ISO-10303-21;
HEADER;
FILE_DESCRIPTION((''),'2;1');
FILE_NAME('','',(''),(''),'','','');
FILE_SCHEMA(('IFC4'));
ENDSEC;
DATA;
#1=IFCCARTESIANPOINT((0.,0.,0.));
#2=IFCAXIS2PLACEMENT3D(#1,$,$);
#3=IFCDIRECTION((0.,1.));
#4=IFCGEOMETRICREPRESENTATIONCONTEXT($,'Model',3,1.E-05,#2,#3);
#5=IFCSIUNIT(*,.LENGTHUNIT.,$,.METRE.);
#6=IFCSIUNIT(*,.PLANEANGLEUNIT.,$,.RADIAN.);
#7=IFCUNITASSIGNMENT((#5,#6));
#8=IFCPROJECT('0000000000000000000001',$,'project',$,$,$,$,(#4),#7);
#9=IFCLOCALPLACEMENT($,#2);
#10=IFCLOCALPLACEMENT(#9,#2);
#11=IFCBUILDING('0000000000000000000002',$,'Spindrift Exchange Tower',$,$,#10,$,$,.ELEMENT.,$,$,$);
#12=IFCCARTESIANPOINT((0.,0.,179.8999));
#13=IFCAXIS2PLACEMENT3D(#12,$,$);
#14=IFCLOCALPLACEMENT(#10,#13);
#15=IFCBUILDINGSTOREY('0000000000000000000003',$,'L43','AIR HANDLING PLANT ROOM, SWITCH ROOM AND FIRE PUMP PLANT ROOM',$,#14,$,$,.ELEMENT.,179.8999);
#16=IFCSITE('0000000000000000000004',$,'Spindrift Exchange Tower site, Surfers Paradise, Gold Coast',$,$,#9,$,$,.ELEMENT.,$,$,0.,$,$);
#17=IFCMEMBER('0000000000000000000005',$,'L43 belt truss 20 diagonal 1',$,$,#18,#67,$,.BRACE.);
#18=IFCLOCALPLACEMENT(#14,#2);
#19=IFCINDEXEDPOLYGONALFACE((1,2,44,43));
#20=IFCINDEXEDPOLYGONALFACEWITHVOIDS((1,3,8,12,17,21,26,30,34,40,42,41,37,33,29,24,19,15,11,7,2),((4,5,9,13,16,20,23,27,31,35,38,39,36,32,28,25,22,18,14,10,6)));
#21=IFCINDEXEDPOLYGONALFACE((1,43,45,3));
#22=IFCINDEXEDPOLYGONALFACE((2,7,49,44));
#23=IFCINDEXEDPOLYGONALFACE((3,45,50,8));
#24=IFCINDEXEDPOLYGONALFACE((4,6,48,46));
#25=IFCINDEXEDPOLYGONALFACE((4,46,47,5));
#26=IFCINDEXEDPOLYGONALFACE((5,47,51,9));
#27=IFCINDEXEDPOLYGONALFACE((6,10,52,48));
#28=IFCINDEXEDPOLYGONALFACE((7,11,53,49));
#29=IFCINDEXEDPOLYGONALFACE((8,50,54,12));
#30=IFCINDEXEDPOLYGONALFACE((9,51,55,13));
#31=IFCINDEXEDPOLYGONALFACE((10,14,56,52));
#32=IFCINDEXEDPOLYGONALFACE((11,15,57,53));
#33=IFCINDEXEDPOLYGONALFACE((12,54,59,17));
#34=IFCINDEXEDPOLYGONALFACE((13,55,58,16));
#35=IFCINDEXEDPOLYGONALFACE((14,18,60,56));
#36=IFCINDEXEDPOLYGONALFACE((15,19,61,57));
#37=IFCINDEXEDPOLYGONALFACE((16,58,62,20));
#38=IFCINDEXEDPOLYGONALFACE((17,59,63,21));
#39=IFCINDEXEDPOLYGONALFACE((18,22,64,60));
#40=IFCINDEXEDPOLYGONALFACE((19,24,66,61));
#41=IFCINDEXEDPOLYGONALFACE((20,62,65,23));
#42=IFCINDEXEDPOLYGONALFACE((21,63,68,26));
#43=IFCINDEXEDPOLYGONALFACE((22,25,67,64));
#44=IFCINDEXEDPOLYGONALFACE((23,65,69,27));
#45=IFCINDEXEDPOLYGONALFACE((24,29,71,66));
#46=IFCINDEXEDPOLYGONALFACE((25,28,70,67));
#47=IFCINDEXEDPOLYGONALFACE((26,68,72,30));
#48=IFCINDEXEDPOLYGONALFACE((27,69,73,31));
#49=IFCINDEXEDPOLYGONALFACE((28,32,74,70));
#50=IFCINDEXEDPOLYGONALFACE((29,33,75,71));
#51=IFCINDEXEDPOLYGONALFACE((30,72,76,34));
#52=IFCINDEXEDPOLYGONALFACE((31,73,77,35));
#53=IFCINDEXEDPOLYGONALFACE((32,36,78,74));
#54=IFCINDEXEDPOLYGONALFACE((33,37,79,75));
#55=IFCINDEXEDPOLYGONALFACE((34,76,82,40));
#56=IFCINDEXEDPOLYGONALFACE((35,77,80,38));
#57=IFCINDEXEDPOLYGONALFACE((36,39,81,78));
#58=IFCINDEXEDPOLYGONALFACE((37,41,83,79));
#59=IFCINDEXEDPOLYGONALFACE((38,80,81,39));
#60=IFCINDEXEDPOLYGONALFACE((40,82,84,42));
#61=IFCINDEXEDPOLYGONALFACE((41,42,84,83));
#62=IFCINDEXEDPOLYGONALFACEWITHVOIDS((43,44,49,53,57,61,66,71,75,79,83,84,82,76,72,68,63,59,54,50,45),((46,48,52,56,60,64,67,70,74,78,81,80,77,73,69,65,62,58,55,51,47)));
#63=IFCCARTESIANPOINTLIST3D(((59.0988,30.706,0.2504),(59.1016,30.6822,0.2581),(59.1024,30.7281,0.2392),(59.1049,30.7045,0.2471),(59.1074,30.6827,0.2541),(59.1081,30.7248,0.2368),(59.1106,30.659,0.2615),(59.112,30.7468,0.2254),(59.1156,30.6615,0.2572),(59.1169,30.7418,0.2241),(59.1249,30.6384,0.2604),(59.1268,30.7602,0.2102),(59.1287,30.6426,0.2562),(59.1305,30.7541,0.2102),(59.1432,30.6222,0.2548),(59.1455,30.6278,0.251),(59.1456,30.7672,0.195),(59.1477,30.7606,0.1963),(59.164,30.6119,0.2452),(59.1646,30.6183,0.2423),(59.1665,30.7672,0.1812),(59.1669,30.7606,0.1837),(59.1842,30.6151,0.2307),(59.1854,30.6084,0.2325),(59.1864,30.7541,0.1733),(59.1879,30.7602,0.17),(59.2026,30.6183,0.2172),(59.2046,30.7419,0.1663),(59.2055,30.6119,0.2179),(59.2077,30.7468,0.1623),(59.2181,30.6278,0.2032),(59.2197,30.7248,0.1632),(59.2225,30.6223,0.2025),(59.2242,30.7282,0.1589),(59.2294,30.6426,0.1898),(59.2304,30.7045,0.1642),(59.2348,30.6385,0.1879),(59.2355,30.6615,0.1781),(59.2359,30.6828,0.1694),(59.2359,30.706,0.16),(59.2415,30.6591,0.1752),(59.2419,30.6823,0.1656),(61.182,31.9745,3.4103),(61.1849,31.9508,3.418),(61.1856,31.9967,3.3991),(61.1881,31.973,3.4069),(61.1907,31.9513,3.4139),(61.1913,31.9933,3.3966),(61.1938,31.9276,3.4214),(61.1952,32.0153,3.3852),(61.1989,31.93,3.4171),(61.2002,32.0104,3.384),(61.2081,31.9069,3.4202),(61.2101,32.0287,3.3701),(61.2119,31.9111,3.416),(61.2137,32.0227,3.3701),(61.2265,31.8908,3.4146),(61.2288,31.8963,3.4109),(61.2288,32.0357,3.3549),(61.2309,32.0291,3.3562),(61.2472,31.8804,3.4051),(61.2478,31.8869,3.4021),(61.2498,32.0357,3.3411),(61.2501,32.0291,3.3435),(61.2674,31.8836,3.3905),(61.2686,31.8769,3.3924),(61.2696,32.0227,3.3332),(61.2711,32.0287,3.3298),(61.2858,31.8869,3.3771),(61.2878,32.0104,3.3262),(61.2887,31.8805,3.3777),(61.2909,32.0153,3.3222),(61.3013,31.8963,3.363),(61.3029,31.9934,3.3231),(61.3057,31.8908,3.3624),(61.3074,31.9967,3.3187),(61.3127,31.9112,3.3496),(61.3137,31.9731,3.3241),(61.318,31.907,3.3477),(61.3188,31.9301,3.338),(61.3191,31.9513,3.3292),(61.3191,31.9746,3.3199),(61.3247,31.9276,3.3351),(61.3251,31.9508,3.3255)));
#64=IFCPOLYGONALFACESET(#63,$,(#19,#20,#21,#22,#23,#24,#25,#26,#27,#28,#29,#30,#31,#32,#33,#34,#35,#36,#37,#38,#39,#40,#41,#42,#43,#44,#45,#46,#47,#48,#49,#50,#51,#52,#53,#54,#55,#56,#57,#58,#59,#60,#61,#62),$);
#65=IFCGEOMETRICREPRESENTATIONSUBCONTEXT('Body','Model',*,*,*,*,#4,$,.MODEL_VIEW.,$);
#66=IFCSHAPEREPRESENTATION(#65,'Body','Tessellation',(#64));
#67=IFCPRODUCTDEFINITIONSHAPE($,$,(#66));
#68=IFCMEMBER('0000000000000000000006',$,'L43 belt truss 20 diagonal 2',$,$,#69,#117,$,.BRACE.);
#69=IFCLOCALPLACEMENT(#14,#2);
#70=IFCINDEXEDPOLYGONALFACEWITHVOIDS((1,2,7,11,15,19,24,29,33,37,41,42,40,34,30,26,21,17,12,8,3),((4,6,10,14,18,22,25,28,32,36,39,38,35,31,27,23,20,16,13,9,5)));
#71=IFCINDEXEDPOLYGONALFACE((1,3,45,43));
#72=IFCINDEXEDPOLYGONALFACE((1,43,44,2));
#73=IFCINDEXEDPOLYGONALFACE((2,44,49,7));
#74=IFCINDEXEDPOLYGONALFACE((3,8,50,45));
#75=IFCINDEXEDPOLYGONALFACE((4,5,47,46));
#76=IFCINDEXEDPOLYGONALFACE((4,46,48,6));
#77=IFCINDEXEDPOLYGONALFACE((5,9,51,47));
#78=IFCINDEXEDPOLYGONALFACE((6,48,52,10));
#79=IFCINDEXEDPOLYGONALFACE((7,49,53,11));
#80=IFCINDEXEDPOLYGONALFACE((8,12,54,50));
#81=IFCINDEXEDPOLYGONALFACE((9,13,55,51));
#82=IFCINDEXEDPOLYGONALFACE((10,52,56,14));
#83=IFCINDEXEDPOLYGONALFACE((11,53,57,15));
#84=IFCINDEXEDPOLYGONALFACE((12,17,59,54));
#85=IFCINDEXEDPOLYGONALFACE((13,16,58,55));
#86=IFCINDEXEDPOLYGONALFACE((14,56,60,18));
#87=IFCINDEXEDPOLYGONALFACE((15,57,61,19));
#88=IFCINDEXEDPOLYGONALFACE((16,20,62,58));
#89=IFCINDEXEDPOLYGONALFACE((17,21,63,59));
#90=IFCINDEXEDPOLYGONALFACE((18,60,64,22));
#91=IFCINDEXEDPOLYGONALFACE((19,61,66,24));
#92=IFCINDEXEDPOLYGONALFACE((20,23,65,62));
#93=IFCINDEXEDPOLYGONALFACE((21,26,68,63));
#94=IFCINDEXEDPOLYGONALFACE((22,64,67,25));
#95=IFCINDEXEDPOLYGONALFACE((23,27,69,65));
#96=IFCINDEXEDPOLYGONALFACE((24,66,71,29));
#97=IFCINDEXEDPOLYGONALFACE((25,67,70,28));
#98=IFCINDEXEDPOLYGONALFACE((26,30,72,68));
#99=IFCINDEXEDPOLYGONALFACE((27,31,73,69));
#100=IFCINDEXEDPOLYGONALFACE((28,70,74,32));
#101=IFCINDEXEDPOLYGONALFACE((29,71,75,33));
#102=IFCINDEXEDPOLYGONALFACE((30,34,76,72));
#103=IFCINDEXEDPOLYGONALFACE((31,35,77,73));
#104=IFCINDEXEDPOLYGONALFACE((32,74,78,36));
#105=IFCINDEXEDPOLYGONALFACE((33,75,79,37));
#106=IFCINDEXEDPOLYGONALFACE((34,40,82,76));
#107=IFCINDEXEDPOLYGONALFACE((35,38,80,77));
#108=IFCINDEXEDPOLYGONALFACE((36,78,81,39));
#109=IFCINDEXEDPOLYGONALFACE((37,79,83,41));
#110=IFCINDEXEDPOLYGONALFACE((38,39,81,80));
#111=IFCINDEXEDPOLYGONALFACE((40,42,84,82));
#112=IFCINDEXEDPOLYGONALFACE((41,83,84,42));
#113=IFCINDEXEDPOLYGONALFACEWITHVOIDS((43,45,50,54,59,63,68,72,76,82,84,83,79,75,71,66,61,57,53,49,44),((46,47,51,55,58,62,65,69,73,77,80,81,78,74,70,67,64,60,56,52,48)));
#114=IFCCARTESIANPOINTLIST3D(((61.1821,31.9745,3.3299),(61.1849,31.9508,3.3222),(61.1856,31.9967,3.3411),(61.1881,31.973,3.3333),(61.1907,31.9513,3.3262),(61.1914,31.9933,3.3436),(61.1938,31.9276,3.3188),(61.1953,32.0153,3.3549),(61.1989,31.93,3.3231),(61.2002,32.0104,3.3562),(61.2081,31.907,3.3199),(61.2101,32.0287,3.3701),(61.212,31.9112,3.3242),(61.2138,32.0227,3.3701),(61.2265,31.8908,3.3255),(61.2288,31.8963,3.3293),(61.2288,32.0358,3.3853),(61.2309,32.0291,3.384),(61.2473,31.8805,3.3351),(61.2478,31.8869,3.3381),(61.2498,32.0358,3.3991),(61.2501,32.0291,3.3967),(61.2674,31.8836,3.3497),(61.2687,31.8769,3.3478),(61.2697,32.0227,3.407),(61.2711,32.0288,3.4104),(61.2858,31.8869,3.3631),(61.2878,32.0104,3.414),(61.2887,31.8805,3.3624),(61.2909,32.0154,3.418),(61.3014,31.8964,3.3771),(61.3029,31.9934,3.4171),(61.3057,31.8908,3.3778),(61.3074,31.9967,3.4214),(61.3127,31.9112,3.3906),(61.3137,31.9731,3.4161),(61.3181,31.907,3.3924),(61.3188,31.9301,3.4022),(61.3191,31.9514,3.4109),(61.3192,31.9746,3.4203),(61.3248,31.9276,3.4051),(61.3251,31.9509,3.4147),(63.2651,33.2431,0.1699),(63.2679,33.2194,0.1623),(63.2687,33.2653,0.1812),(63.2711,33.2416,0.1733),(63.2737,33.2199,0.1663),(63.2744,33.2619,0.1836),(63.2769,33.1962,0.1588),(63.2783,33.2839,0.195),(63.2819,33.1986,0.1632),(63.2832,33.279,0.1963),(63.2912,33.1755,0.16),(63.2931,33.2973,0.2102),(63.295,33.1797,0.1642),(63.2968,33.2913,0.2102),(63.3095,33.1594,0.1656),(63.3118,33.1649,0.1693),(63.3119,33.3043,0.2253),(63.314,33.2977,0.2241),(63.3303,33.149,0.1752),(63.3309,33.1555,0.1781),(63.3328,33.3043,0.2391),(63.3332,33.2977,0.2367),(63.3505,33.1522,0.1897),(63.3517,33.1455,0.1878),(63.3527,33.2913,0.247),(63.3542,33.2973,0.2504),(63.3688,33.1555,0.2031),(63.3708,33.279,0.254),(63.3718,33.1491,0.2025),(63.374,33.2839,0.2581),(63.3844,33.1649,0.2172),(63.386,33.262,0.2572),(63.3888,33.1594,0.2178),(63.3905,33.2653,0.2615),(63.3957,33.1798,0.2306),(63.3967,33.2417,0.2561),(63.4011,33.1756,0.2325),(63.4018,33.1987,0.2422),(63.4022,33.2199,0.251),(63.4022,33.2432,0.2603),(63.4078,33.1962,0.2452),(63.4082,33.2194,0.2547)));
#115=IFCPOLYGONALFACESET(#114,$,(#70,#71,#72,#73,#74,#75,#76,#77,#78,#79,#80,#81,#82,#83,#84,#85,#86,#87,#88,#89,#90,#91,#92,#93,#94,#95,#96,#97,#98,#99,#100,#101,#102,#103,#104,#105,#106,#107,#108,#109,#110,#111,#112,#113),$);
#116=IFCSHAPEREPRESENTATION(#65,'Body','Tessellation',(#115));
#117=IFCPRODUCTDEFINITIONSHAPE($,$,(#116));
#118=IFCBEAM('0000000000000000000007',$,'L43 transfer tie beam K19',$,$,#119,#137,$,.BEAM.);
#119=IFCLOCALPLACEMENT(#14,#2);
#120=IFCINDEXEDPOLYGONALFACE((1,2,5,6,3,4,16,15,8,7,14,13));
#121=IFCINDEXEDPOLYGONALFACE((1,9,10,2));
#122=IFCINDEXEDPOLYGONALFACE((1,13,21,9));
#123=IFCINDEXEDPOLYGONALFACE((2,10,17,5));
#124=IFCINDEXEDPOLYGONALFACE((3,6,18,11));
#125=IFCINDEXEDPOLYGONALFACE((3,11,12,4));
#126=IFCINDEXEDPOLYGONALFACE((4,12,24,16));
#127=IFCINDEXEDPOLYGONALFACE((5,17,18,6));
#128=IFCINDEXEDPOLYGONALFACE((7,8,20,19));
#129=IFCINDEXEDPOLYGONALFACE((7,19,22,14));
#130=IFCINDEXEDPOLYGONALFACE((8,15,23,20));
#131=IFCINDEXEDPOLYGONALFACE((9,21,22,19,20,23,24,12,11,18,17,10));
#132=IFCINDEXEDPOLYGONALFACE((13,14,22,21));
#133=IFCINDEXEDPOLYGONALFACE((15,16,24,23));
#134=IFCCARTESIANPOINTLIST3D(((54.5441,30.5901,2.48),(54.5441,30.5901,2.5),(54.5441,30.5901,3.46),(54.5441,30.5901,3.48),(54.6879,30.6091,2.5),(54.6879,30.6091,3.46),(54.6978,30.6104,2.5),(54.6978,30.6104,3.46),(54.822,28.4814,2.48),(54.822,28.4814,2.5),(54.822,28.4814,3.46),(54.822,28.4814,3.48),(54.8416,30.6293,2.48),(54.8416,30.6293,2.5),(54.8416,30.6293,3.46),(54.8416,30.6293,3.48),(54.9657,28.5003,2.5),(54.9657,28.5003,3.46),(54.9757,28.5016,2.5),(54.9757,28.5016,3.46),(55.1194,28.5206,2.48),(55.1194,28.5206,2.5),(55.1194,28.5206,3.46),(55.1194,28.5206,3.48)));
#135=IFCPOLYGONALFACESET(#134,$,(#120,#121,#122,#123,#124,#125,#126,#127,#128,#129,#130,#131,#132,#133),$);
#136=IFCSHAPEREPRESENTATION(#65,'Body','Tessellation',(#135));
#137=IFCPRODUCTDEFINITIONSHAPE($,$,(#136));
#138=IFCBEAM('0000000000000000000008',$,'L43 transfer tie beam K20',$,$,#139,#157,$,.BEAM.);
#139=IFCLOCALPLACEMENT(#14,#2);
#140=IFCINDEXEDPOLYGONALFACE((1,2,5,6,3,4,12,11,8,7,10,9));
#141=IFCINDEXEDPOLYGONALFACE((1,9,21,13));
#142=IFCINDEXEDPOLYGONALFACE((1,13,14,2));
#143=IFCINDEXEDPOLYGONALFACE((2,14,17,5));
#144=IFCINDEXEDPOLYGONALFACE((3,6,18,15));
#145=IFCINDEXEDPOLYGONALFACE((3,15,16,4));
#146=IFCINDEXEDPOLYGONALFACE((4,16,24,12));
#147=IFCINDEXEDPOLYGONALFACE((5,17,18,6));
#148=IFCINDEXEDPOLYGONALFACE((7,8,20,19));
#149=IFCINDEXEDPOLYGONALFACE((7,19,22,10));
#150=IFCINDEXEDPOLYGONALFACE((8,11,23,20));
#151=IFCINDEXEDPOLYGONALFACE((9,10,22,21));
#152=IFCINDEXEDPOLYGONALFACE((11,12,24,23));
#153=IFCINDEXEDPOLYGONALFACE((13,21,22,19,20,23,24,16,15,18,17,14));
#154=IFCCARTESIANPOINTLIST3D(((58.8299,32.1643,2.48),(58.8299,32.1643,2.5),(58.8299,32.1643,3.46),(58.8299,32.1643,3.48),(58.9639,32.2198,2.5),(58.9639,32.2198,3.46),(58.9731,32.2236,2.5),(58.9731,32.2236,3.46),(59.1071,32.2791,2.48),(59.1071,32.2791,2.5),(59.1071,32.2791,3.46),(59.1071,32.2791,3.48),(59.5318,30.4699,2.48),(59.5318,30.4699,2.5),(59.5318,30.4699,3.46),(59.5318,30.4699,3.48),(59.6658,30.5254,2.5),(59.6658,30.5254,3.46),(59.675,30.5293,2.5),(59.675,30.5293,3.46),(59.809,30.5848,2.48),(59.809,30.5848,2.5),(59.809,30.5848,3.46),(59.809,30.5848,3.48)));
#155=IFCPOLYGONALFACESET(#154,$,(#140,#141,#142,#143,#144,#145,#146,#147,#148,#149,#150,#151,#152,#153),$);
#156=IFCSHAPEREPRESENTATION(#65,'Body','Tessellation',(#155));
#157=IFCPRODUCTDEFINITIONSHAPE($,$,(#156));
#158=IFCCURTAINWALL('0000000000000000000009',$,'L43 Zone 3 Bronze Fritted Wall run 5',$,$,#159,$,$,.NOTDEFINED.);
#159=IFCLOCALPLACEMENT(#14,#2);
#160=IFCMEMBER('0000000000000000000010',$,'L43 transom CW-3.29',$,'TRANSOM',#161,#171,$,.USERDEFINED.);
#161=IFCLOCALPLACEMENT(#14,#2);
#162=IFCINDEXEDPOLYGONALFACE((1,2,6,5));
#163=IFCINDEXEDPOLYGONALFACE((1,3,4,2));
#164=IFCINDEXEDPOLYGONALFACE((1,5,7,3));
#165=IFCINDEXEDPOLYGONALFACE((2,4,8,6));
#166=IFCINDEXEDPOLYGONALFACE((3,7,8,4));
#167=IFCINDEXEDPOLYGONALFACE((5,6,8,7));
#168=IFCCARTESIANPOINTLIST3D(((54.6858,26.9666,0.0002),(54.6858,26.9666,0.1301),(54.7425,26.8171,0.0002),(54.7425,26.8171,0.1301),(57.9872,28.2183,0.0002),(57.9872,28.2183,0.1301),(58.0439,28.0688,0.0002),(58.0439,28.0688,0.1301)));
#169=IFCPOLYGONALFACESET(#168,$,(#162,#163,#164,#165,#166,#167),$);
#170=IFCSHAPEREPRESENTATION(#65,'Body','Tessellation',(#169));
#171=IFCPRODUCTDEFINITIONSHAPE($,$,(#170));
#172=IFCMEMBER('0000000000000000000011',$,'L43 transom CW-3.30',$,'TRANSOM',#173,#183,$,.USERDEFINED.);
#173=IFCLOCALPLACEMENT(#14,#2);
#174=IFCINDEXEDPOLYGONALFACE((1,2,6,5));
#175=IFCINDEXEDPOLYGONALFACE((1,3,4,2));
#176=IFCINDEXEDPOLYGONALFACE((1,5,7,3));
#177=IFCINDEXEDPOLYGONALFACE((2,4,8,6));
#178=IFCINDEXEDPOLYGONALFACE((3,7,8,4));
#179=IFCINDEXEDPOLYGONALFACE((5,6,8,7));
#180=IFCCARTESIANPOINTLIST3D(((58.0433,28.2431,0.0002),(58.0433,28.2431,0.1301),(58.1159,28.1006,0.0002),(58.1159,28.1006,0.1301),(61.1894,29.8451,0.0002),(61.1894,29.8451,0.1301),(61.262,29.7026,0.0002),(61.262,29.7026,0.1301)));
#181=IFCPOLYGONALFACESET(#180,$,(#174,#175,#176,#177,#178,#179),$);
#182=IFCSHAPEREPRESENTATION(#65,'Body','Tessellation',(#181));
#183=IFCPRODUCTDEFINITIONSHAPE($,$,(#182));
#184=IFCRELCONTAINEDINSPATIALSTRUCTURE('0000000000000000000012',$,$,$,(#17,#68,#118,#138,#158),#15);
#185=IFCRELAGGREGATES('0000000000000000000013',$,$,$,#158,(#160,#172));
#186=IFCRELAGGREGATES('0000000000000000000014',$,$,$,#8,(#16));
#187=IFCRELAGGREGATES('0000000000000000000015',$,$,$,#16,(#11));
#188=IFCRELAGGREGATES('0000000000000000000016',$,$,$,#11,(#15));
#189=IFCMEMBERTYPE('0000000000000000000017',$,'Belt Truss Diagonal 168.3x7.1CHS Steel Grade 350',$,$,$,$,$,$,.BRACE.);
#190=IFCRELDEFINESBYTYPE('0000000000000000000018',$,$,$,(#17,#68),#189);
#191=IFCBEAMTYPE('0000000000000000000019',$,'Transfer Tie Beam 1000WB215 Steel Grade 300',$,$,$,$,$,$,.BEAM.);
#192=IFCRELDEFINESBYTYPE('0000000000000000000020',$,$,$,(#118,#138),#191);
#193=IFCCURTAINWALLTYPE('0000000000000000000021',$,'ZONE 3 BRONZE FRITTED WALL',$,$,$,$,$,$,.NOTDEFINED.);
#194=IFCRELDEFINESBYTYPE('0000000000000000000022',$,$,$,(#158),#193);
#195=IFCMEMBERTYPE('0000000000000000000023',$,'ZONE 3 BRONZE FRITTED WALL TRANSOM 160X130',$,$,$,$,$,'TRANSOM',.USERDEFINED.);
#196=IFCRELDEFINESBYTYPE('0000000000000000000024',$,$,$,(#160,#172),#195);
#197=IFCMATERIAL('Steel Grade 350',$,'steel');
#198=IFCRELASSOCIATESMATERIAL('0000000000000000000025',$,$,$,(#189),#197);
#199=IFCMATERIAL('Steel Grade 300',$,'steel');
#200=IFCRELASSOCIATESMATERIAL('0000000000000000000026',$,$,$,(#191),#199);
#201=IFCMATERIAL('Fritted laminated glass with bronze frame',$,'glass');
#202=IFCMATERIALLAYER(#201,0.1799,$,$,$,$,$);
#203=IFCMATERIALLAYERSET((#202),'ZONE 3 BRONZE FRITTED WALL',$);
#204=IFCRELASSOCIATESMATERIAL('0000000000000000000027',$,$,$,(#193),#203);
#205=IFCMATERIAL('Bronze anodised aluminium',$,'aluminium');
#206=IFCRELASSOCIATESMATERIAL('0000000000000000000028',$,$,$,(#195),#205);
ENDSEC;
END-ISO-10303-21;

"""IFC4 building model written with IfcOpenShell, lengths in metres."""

from ifc_helpers import new_model, si_unit, direction, frame, origin, origin_2d, place, context, subcontext, project, spatial, rectangle, hollow_circle, i_section, extrude, source, transform, mapped, material, layer, layer_set, material_profile, profile_set, type_object, element, aggregate, save


model = new_model("IFC4")

# Units and contexts
model_context = context("Model", 3, precision=1e-05, world=origin(), true_north=direction((0.0, 1.0)))
body_context = subcontext(model_context, "Body", "Model", "MODEL_VIEW")
ifc_project = project(units=[si_unit("LENGTHUNIT", "METRE"), si_unit("PLANEANGLEUNIT", "RADIAN")], contexts=[model_context])

# Site, building, storey
site_placement = place(None, origin())
site = spatial("IfcSite", under=ifc_project, at=site_placement, Name="Spindrift Exchange Tower site, Surfers Paradise, Gold Coast", CompositionType="ELEMENT", RefElevation=0.0)
building_placement = place(site_placement, origin())
building = spatial("IfcBuilding", under=site, at=building_placement, Name="Spindrift Exchange Tower", CompositionType="ELEMENT")
storey_placement = place(building_placement, frame((0.0, 0.0, 179.8999)))
storey = spatial("IfcBuildingStorey", under=building, at=storey_placement, Name="L43", Description="AIR HANDLING PLANT ROOM, SWITCH ROOM AND FIRE PUMP PLANT ROOM", CompositionType="ELEMENT", Elevation=179.8999)

# Shared definitions
ifc_material_1 = material(Name="Steel Grade 300", Category="steel")

# Members
ifc_material_2 = material(Name="Steel Grade 350", Category="steel")
ifc_material_profile_1 = material_profile(ifc_material_2, hollow_circle(Radius=0.0842, WallThickness=0.0071, at=origin_2d()), Name="168.3x7.1CHS")
ifc_profile_set_1 = profile_set([ifc_material_profile_1], Name="Steel Grade 350")
member_type_1 = type_object("IfcMemberType", Name="Belt Truss Diagonal 168.3x7.1CHS Steel Grade 350", PredefinedType="BRACE", material=ifc_profile_set_1)
shared_shape_1 = source(origin(), body_context, "Body", "SweptSolid", [
    extrude(hollow_circle(Radius=0.0842, WallThickness=0.0071, at=origin_2d()), origin(), (0.0, 0.0, 1.0), 3.9917),
])
for number, where, z_axis, x_axis, name in (
    (1, (59.1707, 30.6882, 0.2102), (0.521887, 0.317793, 0.791607), (-0.520093, 0.85411, 0.0), "L43 belt truss 20 diagonal 1"),
    (2, (61.2539, 31.9568, 3.3701), (0.521842, 0.317803, -0.791632), (-0.520137, 0.854083, 0.0), "L43 belt truss 20 diagonal 2"),
):
    element("IfcMember", number, at=place(storey_placement, frame(where, z_axis=z_axis, x_axis=x_axis)), inside=storey, type_object=member_type_1, Name=name, PredefinedType="BRACE", context=body_context, shape_type="MappedRepresentation", body=[
        mapped(shared_shape_1, transform((0.0, 0.0, 0.0), scale=1.0)),
    ])

# Beams
ifc_material_profile_2 = material_profile(ifc_material_1, i_section(OverallWidth=0.3, OverallDepth=1.0, WebThickness=0.01, FlangeThickness=0.02, at=origin_2d()), Name="1000WB215")
ifc_profile_set_2 = profile_set([ifc_material_profile_2], Name="Steel Grade 300")
beam_type_1 = type_object("IfcBeamType", Name="Transfer Tie Beam 1000WB215 Steel Grade 300", PredefinedType="BEAM", material=ifc_profile_set_2)
shared_shape_2 = source(origin(), body_context, "Body", "SweptSolid", [
    extrude(i_section(OverallWidth=0.3, OverallDepth=1.0, WebThickness=0.01, FlangeThickness=0.02, at=origin_2d()), origin(), (0.0, 0.0, 1.0), 2.127),
])
beam_1_placement = place(storey_placement, frame((54.9707, 28.501, 2.98), z_axis=(-0.13063, 0.991431, 0.0), x_axis=(-0.991431, -0.13063, 0.0)))
element("IfcBeam", 3, at=beam_1_placement, inside=storey, type_object=beam_type_1, Name="L43 transfer tie beam K19", PredefinedType="BEAM", context=body_context, shape_type="MappedRepresentation", body=[
    mapped(shared_shape_2, transform((0.0, 0.0, 0.0), scale=1.0)),
])
shared_shape_3 = source(origin(), body_context, "Body", "SweptSolid", [
    extrude(i_section(OverallWidth=0.3, OverallDepth=1.0, WebThickness=0.01, FlangeThickness=0.02, at=origin_2d()), origin(), (0.0, 0.0, 1.0), 1.834),
])
beam_2_placement = place(storey_placement, frame((59.6704, 30.5273, 2.98), z_axis=(-0.382724, 0.923863, 0.0), x_axis=(-0.923863, -0.382724, 0.0)))
element("IfcBeam", 4, at=beam_2_placement, inside=storey, type_object=beam_type_1, Name="L43 transfer tie beam K20", PredefinedType="BEAM", context=body_context, shape_type="MappedRepresentation", body=[
    mapped(shared_shape_3, transform((0.0, 0.0, 0.0), scale=1.0)),
])

# Curtain wall, members
ifc_material_3 = material(Name="Fritted laminated glass with bronze frame", Category="glass")
ifc_layer_1 = layer(ifc_material_3, 0.1799)
ifc_layer_set_1 = layer_set([ifc_layer_1], Name="ZONE 3 BRONZE FRITTED WALL")
curtain_wall_type = type_object("IfcCurtainWallType", Name="ZONE 3 BRONZE FRITTED WALL", PredefinedType="NOTDEFINED", material=ifc_layer_set_1)
curtain_wall_placement = place(storey_placement, origin())
curtain_wall = element("IfcCurtainWall", 5, at=curtain_wall_placement, inside=storey, type_object=curtain_wall_type, Name="L43 Zone 3 Bronze Fritted Wall run 5", PredefinedType="NOTDEFINED")
ifc_material_4 = material(Name="Bronze anodised aluminium", Category="aluminium")
ifc_material_profile_3 = material_profile(ifc_material_4, rectangle(XDim=0.1599, YDim=0.1299, at=origin_2d()), Name="ZONE 3 BRONZE FRITTED WALL TRANSOM 160X130")
ifc_profile_set_3 = profile_set([ifc_material_profile_3], Name="Bronze anodised aluminium")
member_type_2 = type_object("IfcMemberType", Name="ZONE 3 BRONZE FRITTED WALL TRANSOM 160X130", ElementType="TRANSOM", PredefinedType="USERDEFINED", material=ifc_profile_set_3)
shared_shape_4 = source(origin(), body_context, "Body", "SweptSolid", [
    extrude(rectangle(XDim=0.1599, YDim=0.1299, at=origin_2d()), origin(), (0.0, 0.0, 1.0), 3.5308),
])
member_1_placement = place(storey_placement, frame((54.7141, 26.8918, 0.0652), z_axis=(0.935053, 0.354508, 0.0), x_axis=(-0.354508, 0.935053, 0.0)))
member_1 = element("IfcMember", 6, at=member_1_placement, type_object=member_type_2, Name="L43 transom CW-3.29", ObjectType="TRANSOM", PredefinedType="USERDEFINED", context=body_context, shape_type="MappedRepresentation", body=[
    mapped(shared_shape_4, transform((0.0, 0.0, 0.0), scale=1.0)),
])
shared_shape_5 = source(origin(), body_context, "Body", "SweptSolid", [
    extrude(rectangle(XDim=0.1599, YDim=0.1299, at=origin_2d()), origin(), (0.0, 0.0, 1.0), 3.5305),
])
member_2_placement = place(storey_placement, frame((58.0796, 28.1719, 0.0652), z_axis=(0.891125, 0.453757, 0.0), x_axis=(-0.453757, 0.891125, 0.0)))
member_2 = element("IfcMember", 7, at=member_2_placement, type_object=member_type_2, Name="L43 transom CW-3.30", ObjectType="TRANSOM", PredefinedType="USERDEFINED", context=body_context, shape_type="MappedRepresentation", body=[
    mapped(shared_shape_5, transform((0.0, 0.0, 0.0), scale=1.0)),
])
aggregate(curtain_wall, [member_1, member_2])

save(model, "model.ifc")
